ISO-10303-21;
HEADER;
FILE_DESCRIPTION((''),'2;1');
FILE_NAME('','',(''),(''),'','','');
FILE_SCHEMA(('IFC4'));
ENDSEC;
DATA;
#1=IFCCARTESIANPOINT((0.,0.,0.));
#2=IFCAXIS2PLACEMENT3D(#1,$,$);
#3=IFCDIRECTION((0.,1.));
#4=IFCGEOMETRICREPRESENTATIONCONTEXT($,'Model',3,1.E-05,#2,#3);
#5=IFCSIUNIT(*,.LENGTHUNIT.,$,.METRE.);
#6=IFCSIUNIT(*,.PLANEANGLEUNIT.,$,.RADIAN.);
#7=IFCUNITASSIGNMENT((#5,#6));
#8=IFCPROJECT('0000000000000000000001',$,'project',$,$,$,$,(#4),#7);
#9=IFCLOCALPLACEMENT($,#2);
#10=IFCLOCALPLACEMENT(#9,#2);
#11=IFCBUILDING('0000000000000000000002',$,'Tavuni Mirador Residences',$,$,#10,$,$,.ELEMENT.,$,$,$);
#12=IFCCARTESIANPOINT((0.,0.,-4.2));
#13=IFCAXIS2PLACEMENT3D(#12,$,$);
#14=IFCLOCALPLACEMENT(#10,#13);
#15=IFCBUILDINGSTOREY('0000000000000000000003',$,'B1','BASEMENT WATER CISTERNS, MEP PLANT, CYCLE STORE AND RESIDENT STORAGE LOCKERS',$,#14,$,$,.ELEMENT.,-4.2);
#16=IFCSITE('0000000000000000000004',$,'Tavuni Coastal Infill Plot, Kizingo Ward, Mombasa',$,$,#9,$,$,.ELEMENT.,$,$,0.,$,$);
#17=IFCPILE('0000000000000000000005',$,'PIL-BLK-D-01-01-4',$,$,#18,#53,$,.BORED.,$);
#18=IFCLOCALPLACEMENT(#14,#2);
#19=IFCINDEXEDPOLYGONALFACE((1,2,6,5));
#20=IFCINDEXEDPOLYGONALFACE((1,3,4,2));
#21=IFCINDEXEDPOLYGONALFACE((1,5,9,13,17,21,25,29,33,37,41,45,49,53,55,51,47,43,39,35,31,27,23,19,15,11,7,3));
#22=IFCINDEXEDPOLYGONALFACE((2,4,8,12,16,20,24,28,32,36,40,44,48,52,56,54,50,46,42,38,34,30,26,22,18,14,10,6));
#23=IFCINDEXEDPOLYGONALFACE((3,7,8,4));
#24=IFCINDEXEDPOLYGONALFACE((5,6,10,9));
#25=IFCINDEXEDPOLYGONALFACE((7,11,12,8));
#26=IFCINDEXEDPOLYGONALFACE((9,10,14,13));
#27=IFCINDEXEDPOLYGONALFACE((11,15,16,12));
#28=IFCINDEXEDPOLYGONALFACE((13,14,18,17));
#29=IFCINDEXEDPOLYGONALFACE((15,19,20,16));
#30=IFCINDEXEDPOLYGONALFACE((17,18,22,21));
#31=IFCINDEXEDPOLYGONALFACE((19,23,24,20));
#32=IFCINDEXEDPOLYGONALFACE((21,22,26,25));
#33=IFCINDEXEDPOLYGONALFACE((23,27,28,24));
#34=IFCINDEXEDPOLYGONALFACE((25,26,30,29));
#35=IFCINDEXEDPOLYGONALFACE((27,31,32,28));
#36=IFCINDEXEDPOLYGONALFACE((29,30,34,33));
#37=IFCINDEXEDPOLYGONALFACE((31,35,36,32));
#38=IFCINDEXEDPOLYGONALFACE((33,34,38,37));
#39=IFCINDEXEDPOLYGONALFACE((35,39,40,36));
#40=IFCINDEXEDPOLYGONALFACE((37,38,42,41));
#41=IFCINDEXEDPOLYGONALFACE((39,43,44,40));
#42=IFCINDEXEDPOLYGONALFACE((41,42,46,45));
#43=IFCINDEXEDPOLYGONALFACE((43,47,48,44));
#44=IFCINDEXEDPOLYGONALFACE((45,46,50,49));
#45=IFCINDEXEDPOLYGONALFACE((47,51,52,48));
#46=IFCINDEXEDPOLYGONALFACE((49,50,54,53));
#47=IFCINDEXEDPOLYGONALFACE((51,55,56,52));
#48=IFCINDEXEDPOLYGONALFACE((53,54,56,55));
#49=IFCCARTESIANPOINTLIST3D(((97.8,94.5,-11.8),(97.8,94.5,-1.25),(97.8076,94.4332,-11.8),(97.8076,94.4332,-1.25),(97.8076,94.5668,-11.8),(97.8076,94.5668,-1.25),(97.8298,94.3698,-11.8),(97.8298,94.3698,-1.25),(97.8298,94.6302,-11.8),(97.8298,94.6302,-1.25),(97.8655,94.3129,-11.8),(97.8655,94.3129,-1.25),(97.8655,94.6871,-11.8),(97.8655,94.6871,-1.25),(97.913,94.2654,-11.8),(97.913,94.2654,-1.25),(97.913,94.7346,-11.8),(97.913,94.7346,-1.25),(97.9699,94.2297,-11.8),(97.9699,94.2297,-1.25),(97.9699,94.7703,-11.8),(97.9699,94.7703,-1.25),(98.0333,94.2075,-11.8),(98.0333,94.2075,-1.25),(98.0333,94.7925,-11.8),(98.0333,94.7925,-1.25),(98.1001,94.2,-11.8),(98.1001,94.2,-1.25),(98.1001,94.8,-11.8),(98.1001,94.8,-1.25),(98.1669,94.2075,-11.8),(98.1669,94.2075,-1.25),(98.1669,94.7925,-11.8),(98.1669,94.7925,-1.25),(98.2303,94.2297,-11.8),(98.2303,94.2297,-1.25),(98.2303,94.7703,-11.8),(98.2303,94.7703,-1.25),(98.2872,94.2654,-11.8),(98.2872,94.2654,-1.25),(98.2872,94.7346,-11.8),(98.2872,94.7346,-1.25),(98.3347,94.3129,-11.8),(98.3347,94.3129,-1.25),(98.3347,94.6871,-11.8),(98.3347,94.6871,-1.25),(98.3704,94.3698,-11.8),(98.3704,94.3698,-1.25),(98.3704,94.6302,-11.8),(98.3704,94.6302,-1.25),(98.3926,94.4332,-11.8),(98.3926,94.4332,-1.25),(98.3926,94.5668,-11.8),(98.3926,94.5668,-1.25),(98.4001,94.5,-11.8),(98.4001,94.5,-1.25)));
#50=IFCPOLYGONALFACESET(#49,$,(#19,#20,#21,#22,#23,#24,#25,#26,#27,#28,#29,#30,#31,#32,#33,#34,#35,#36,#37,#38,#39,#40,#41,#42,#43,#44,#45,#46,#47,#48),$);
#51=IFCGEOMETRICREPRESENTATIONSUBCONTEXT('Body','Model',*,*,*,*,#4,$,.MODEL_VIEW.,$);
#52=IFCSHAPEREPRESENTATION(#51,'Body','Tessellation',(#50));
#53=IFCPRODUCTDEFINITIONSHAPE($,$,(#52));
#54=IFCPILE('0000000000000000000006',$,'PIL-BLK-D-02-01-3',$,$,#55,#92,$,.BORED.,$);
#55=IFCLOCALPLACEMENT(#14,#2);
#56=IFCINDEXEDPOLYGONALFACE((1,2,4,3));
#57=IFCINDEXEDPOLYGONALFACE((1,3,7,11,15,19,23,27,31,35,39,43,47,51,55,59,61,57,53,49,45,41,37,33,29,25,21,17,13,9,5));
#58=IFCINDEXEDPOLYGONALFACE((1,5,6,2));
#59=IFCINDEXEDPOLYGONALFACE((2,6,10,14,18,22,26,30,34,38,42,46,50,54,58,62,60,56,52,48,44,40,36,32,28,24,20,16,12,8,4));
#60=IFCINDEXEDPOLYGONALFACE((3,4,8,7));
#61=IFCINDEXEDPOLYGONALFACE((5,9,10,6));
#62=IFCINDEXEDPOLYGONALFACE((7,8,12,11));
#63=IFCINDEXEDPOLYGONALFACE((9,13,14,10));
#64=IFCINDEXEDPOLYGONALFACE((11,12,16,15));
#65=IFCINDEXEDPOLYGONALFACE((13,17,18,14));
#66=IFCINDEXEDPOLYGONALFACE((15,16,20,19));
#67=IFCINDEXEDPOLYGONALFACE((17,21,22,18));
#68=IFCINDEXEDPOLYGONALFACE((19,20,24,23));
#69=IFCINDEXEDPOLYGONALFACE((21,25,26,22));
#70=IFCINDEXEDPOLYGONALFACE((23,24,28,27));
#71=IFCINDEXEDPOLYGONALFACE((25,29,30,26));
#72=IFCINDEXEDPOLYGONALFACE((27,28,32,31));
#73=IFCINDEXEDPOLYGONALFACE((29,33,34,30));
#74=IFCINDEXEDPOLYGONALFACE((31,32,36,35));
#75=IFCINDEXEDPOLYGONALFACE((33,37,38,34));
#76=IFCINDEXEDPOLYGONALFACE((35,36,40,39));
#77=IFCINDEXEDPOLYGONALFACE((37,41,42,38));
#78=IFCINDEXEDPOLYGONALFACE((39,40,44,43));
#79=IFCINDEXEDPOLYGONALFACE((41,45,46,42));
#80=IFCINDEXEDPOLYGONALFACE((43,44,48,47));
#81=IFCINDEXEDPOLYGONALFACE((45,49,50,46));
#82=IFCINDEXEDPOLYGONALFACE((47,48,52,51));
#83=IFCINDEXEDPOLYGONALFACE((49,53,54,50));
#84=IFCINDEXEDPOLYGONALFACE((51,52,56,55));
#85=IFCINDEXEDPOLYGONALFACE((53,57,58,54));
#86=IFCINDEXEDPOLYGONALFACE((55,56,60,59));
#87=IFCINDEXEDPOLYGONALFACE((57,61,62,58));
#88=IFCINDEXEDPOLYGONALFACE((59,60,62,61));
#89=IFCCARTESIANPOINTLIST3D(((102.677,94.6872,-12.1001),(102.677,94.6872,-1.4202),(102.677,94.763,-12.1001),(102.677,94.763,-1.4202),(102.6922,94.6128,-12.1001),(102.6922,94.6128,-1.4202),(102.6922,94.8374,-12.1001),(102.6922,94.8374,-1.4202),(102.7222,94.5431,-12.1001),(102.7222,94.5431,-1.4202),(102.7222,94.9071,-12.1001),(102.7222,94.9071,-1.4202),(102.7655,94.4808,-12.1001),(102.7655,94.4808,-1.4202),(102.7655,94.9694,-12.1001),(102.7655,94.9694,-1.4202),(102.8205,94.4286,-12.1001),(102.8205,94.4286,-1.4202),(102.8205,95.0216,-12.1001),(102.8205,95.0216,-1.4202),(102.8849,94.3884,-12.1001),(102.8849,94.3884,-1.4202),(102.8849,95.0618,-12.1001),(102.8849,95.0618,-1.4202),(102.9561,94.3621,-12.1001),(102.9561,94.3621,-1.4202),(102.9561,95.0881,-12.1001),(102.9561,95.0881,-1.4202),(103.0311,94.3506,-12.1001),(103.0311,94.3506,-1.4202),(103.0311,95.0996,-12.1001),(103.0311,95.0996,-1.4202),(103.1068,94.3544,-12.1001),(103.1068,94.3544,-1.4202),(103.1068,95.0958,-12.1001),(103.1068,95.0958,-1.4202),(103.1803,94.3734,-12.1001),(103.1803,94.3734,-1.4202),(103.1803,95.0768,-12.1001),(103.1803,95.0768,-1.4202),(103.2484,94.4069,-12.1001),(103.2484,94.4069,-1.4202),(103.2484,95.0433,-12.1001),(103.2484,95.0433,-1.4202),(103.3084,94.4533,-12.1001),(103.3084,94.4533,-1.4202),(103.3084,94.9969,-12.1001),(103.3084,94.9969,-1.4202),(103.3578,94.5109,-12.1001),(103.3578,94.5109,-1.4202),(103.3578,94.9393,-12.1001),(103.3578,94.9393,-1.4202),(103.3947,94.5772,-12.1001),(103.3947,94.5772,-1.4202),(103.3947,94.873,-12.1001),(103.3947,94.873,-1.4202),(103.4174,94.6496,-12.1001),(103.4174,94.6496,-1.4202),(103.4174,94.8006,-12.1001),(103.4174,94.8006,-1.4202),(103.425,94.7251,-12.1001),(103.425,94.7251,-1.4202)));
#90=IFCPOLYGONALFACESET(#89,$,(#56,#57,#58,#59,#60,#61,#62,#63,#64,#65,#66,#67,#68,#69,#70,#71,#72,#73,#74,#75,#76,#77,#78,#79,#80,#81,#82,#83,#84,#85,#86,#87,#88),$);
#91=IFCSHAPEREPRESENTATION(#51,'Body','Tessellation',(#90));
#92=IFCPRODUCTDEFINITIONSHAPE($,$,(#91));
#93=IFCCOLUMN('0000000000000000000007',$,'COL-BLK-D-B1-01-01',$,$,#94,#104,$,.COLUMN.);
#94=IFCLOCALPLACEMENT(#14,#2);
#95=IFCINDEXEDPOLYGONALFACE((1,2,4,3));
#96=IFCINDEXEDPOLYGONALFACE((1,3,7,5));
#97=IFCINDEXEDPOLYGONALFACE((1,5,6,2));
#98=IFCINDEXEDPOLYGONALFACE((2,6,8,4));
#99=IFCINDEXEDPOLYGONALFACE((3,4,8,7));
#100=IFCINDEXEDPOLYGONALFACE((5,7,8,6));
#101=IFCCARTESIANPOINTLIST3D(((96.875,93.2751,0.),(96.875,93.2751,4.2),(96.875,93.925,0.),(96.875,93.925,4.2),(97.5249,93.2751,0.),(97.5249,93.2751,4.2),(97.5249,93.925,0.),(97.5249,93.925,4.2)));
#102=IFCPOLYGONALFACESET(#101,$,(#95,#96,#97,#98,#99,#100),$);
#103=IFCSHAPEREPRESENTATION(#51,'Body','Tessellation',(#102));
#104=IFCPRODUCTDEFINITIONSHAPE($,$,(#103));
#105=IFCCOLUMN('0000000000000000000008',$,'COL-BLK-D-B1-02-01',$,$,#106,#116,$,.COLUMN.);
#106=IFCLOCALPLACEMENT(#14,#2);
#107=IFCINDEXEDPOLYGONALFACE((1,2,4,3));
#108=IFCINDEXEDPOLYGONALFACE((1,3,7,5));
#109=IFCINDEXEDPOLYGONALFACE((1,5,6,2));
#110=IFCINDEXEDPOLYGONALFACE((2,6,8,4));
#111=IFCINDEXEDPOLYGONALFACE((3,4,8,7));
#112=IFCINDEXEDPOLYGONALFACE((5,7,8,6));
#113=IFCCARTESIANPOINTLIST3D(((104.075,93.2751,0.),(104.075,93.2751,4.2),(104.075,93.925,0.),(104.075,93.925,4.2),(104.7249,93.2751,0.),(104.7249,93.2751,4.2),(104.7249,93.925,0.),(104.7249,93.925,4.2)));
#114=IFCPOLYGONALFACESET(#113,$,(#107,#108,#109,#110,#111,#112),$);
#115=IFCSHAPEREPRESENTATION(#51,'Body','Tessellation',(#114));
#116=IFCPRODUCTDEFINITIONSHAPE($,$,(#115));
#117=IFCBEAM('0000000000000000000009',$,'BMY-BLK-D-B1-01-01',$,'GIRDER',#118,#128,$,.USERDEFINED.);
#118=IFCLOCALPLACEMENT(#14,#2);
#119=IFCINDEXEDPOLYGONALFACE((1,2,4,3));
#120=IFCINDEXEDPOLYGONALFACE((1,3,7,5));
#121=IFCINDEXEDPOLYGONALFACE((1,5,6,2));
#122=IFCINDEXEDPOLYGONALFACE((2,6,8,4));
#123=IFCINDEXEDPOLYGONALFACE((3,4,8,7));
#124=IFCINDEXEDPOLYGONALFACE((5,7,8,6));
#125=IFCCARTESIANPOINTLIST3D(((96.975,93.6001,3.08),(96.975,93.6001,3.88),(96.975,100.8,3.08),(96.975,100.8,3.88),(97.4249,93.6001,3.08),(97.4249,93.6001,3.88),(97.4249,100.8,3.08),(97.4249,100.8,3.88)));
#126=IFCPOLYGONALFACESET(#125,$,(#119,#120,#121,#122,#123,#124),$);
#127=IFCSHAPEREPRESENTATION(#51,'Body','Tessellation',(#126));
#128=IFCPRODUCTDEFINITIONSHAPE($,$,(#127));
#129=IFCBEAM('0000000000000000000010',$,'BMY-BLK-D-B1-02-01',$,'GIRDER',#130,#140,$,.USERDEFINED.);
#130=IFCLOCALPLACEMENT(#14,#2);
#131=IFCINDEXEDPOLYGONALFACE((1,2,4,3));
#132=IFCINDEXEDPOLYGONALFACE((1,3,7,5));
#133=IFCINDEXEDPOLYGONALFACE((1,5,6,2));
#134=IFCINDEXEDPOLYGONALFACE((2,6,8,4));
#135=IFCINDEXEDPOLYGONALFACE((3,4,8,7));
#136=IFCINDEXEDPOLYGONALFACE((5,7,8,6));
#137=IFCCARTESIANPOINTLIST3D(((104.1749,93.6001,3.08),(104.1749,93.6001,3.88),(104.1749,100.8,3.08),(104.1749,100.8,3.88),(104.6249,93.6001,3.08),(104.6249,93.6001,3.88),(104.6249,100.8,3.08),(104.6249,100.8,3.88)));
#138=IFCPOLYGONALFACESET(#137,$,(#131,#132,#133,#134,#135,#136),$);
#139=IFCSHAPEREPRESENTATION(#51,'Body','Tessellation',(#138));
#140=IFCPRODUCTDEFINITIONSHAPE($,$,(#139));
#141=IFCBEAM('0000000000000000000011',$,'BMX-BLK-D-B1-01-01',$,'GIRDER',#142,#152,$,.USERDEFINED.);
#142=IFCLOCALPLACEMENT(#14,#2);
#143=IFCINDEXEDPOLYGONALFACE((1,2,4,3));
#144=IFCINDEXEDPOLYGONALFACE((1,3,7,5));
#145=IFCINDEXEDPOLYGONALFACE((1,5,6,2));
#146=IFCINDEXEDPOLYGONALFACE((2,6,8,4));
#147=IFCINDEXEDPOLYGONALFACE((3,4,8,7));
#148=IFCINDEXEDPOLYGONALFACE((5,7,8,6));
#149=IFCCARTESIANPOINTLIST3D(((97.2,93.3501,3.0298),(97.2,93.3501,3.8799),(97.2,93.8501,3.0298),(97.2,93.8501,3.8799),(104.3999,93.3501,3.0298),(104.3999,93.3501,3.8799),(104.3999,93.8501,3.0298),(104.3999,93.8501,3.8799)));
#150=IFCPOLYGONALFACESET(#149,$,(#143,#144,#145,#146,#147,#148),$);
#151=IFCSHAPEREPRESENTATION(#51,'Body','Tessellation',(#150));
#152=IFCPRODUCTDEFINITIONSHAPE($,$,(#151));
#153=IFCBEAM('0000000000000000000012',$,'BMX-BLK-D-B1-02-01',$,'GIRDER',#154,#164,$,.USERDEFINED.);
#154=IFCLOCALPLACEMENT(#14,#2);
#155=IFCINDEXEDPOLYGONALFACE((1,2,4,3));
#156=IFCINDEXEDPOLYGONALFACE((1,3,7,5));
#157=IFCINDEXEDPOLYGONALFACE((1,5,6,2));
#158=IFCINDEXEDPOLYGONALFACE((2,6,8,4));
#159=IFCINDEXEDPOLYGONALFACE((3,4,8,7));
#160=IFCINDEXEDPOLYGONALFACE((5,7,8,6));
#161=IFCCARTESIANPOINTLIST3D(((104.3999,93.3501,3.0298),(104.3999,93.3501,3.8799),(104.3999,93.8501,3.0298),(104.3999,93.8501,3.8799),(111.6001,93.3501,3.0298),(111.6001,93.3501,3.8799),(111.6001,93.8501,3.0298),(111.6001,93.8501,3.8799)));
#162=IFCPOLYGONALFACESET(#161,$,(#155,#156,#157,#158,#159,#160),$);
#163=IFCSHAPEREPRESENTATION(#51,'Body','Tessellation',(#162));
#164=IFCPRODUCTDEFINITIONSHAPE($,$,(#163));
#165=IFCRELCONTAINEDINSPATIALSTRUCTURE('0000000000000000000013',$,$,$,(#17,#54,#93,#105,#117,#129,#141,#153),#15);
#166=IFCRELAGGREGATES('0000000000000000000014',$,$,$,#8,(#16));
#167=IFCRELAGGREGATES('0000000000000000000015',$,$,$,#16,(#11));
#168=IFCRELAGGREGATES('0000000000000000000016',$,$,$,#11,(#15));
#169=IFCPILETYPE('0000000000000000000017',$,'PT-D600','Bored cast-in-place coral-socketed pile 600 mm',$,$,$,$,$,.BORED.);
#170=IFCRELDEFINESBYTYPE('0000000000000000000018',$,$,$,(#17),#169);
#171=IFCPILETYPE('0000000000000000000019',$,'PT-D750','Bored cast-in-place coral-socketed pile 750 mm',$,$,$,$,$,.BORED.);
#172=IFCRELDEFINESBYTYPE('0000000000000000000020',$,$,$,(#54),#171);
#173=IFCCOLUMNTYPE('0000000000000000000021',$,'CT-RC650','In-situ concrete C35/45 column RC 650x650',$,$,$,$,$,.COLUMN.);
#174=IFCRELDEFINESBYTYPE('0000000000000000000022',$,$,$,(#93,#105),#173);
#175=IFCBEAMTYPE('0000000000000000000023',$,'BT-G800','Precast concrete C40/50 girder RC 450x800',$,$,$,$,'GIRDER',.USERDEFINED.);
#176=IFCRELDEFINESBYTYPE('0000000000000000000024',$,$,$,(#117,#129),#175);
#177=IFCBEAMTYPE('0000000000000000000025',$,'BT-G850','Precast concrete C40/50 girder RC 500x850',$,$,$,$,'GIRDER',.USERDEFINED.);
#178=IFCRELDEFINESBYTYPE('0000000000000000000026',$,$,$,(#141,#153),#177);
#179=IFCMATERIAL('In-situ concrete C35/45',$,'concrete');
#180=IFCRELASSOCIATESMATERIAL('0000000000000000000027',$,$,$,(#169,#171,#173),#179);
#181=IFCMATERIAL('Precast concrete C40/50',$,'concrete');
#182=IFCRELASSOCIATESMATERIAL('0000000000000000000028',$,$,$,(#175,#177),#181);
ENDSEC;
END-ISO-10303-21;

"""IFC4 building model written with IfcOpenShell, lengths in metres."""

from ifc_helpers import new_model, si_unit, direction, frame, origin, origin_2d, place, context, subcontext, project, spatial, rectangle, circle, extrude, material, material_profile, profile_set, type_object, element, save


model = new_model("IFC4")

# Units and contexts
model_context = context("Model", 3, precision=1e-05, world=origin(), true_north=direction((0.0, 1.0)))
body_context = subcontext(model_context, "Body", "Model", "MODEL_VIEW")
ifc_project = project(units=[si_unit("LENGTHUNIT", "METRE"), si_unit("PLANEANGLEUNIT", "RADIAN")], contexts=[model_context])

# Site, building, storey
site_placement = place(None, origin())
site = spatial("IfcSite", under=ifc_project, at=site_placement, Name="Tavuni Coastal Infill Plot, Kizingo Ward, Mombasa", CompositionType="ELEMENT", RefElevation=0.0)
building_placement = place(site_placement, origin())
building = spatial("IfcBuilding", under=site, at=building_placement, Name="Tavuni Mirador Residences", CompositionType="ELEMENT")
storey_placement = place(building_placement, frame((0.0, 0.0, -4.2)))
storey = spatial("IfcBuildingStorey", under=building, at=storey_placement, Name="B1", Description="BASEMENT WATER CISTERNS, MEP PLANT, CYCLE STORE AND RESIDENT STORAGE LOCKERS", CompositionType="ELEMENT", Elevation=-4.2)

# Shared definitions
ifc_material_1 = material(Name="In-situ concrete C35/45", Category="concrete")

# Piles
ifc_material_profile_1 = material_profile(ifc_material_1, circle(Radius=0.3, at=origin_2d()), Name="PILE D600", Category="concrete")
ifc_profile_set_1 = profile_set([ifc_material_profile_1], Name="In-situ concrete C35/45")
pile_type_1 = type_object("IfcPileType", Name="PT-D600", Description="Bored cast-in-place coral-socketed pile 600 mm", PredefinedType="BORED", material=ifc_profile_set_1)
for number, where, z_axis, x_axis, name in (
    (1, (98.1001, 94.5, -1.25), (0.0, 0.0, -1.0), (1.0, 0.0, 0.0), "PIL-BLK-D-01-01-4"),
):
    element("IfcPile", number, at=place(storey_placement, frame(where, z_axis=z_axis, x_axis=x_axis)), inside=storey, type_object=pile_type_1, Name=name, PredefinedType="BORED", context=body_context, shape_type="SweptSolid", body=[
        extrude(circle(Radius=0.3, at=origin_2d()), origin(), (0.0, 0.0, 1.0), 10.55),
    ])
ifc_material_profile_2 = material_profile(ifc_material_1, circle(Radius=0.375, at=origin_2d()), Name="PILE D750", Category="concrete")
ifc_profile_set_2 = profile_set([ifc_material_profile_2], Name="In-situ concrete C35/45")
pile_type_2 = type_object("IfcPileType", Name="PT-D750", Description="Bored cast-in-place coral-socketed pile 750 mm", PredefinedType="BORED", material=ifc_profile_set_2)
pile_1_placement = place(storey_placement, frame((103.05, 94.7251, -1.4202), z_axis=(0.0, 0.0, -1.0), x_axis=(1.0, 0.0, 0.0)))
element("IfcPile", 2, at=pile_1_placement, inside=storey, type_object=pile_type_2, Name="PIL-BLK-D-02-01-3", PredefinedType="BORED", context=body_context, shape_type="SweptSolid", body=[
    extrude(circle(Radius=0.375, at=origin_2d()), origin(), (0.0, 0.0, 1.0), 10.6799),
])

# Columns
ifc_material_profile_3 = material_profile(ifc_material_1, rectangle(XDim=0.6499, YDim=0.6499, at=origin_2d()), Name="RC 650x650", Category="concrete")
ifc_profile_set_3 = profile_set([ifc_material_profile_3], Name="In-situ concrete C35/45")
column_type = type_object("IfcColumnType", Name="CT-RC650", Description="In-situ concrete C35/45 column RC 650x650", PredefinedType="COLUMN", material=ifc_profile_set_3)
for number, where, z_axis, x_axis, name in (
    (3, (97.2, 93.6001, 0.0), (0.0, 0.0, 1.0), (1.0, 0.0, 0.0), "COL-BLK-D-B1-01-01"),
    (4, (104.3999, 93.6001, 0.0), (0.0, 0.0, 1.0), (1.0, 0.0, 0.0), "COL-BLK-D-B1-02-01"),
):
    element("IfcColumn", number, at=place(storey_placement, frame(where, z_axis=z_axis, x_axis=x_axis)), inside=storey, type_object=column_type, Name=name, PredefinedType="COLUMN", context=body_context, shape_type="SweptSolid", body=[
        extrude(rectangle(XDim=0.6499, YDim=0.6499, at=origin_2d()), origin(), (0.0, 0.0, 1.0), 4.2),
    ])

# Beams
ifc_material_2 = material(Name="Precast concrete C40/50", Category="concrete")
ifc_material_profile_4 = material_profile(ifc_material_2, rectangle(XDim=0.45, YDim=0.8, at=origin_2d()), Name="RC 450x800", Category="concrete")
ifc_profile_set_4 = profile_set([ifc_material_profile_4], Name="Precast concrete C40/50")
beam_type_1 = type_object("IfcBeamType", Name="BT-G800", Description="Precast concrete C40/50 girder RC 450x800", ElementType="GIRDER", PredefinedType="USERDEFINED", material=ifc_profile_set_4)
for number, where, z_axis, x_axis, name in (
    (5, (97.2, 93.6001, 3.48), (0.0, 1.0, 0.0), (-1.0, 0.0, 0.0), "BMY-BLK-D-B1-01-01"),
    (6, (104.3999, 93.6001, 3.48), (0.0, 1.0, 0.0), (-1.0, 0.0, 0.0), "BMY-BLK-D-B1-02-01"),
):
    element("IfcBeam", number, at=place(storey_placement, frame(where, z_axis=z_axis, x_axis=x_axis)), inside=storey, type_object=beam_type_1, Name=name, ObjectType="GIRDER", PredefinedType="USERDEFINED", context=body_context, shape_type="SweptSolid", body=[
        extrude(rectangle(XDim=0.45, YDim=0.8, at=origin_2d()), origin(), (0.0, 0.0, 1.0), 7.2),
    ])
ifc_material_profile_5 = material_profile(ifc_material_2, rectangle(XDim=0.5, YDim=0.8501, at=origin_2d()), Name="RC 500x850", Category="concrete")
ifc_profile_set_5 = profile_set([ifc_material_profile_5], Name="Precast concrete C40/50")
beam_type_2 = type_object("IfcBeamType", Name="BT-G850", Description="Precast concrete C40/50 girder RC 500x850", ElementType="GIRDER", PredefinedType="USERDEFINED", material=ifc_profile_set_5)
beam_1_placement = place(storey_placement, frame((97.2, 93.6001, 3.4548), z_axis=(1.0, 0.0, 0.0), x_axis=(0.0, 1.0, 0.0)))
element("IfcBeam", 7, at=beam_1_placement, inside=storey, type_object=beam_type_2, Name="BMX-BLK-D-B1-01-01", ObjectType="GIRDER", PredefinedType="USERDEFINED", context=body_context, shape_type="SweptSolid", body=[
    extrude(rectangle(XDim=0.5, YDim=0.8501, at=origin_2d()), origin(), (0.0, 0.0, 1.0), 7.2),
])
beam_2_placement = place(storey_placement, frame((104.3999, 93.6001, 3.4548), z_axis=(1.0, 0.0, 0.0), x_axis=(0.0, 1.0, 0.0)))
element("IfcBeam", 8, at=beam_2_placement, inside=storey, type_object=beam_type_2, Name="BMX-BLK-D-B1-02-01", ObjectType="GIRDER", PredefinedType="USERDEFINED", context=body_context, shape_type="SweptSolid", body=[
    extrude(rectangle(XDim=0.5, YDim=0.8501, at=origin_2d()), origin(), (0.0, 0.0, 1.0), 7.2002),
])

save(model, "model.ifc")
